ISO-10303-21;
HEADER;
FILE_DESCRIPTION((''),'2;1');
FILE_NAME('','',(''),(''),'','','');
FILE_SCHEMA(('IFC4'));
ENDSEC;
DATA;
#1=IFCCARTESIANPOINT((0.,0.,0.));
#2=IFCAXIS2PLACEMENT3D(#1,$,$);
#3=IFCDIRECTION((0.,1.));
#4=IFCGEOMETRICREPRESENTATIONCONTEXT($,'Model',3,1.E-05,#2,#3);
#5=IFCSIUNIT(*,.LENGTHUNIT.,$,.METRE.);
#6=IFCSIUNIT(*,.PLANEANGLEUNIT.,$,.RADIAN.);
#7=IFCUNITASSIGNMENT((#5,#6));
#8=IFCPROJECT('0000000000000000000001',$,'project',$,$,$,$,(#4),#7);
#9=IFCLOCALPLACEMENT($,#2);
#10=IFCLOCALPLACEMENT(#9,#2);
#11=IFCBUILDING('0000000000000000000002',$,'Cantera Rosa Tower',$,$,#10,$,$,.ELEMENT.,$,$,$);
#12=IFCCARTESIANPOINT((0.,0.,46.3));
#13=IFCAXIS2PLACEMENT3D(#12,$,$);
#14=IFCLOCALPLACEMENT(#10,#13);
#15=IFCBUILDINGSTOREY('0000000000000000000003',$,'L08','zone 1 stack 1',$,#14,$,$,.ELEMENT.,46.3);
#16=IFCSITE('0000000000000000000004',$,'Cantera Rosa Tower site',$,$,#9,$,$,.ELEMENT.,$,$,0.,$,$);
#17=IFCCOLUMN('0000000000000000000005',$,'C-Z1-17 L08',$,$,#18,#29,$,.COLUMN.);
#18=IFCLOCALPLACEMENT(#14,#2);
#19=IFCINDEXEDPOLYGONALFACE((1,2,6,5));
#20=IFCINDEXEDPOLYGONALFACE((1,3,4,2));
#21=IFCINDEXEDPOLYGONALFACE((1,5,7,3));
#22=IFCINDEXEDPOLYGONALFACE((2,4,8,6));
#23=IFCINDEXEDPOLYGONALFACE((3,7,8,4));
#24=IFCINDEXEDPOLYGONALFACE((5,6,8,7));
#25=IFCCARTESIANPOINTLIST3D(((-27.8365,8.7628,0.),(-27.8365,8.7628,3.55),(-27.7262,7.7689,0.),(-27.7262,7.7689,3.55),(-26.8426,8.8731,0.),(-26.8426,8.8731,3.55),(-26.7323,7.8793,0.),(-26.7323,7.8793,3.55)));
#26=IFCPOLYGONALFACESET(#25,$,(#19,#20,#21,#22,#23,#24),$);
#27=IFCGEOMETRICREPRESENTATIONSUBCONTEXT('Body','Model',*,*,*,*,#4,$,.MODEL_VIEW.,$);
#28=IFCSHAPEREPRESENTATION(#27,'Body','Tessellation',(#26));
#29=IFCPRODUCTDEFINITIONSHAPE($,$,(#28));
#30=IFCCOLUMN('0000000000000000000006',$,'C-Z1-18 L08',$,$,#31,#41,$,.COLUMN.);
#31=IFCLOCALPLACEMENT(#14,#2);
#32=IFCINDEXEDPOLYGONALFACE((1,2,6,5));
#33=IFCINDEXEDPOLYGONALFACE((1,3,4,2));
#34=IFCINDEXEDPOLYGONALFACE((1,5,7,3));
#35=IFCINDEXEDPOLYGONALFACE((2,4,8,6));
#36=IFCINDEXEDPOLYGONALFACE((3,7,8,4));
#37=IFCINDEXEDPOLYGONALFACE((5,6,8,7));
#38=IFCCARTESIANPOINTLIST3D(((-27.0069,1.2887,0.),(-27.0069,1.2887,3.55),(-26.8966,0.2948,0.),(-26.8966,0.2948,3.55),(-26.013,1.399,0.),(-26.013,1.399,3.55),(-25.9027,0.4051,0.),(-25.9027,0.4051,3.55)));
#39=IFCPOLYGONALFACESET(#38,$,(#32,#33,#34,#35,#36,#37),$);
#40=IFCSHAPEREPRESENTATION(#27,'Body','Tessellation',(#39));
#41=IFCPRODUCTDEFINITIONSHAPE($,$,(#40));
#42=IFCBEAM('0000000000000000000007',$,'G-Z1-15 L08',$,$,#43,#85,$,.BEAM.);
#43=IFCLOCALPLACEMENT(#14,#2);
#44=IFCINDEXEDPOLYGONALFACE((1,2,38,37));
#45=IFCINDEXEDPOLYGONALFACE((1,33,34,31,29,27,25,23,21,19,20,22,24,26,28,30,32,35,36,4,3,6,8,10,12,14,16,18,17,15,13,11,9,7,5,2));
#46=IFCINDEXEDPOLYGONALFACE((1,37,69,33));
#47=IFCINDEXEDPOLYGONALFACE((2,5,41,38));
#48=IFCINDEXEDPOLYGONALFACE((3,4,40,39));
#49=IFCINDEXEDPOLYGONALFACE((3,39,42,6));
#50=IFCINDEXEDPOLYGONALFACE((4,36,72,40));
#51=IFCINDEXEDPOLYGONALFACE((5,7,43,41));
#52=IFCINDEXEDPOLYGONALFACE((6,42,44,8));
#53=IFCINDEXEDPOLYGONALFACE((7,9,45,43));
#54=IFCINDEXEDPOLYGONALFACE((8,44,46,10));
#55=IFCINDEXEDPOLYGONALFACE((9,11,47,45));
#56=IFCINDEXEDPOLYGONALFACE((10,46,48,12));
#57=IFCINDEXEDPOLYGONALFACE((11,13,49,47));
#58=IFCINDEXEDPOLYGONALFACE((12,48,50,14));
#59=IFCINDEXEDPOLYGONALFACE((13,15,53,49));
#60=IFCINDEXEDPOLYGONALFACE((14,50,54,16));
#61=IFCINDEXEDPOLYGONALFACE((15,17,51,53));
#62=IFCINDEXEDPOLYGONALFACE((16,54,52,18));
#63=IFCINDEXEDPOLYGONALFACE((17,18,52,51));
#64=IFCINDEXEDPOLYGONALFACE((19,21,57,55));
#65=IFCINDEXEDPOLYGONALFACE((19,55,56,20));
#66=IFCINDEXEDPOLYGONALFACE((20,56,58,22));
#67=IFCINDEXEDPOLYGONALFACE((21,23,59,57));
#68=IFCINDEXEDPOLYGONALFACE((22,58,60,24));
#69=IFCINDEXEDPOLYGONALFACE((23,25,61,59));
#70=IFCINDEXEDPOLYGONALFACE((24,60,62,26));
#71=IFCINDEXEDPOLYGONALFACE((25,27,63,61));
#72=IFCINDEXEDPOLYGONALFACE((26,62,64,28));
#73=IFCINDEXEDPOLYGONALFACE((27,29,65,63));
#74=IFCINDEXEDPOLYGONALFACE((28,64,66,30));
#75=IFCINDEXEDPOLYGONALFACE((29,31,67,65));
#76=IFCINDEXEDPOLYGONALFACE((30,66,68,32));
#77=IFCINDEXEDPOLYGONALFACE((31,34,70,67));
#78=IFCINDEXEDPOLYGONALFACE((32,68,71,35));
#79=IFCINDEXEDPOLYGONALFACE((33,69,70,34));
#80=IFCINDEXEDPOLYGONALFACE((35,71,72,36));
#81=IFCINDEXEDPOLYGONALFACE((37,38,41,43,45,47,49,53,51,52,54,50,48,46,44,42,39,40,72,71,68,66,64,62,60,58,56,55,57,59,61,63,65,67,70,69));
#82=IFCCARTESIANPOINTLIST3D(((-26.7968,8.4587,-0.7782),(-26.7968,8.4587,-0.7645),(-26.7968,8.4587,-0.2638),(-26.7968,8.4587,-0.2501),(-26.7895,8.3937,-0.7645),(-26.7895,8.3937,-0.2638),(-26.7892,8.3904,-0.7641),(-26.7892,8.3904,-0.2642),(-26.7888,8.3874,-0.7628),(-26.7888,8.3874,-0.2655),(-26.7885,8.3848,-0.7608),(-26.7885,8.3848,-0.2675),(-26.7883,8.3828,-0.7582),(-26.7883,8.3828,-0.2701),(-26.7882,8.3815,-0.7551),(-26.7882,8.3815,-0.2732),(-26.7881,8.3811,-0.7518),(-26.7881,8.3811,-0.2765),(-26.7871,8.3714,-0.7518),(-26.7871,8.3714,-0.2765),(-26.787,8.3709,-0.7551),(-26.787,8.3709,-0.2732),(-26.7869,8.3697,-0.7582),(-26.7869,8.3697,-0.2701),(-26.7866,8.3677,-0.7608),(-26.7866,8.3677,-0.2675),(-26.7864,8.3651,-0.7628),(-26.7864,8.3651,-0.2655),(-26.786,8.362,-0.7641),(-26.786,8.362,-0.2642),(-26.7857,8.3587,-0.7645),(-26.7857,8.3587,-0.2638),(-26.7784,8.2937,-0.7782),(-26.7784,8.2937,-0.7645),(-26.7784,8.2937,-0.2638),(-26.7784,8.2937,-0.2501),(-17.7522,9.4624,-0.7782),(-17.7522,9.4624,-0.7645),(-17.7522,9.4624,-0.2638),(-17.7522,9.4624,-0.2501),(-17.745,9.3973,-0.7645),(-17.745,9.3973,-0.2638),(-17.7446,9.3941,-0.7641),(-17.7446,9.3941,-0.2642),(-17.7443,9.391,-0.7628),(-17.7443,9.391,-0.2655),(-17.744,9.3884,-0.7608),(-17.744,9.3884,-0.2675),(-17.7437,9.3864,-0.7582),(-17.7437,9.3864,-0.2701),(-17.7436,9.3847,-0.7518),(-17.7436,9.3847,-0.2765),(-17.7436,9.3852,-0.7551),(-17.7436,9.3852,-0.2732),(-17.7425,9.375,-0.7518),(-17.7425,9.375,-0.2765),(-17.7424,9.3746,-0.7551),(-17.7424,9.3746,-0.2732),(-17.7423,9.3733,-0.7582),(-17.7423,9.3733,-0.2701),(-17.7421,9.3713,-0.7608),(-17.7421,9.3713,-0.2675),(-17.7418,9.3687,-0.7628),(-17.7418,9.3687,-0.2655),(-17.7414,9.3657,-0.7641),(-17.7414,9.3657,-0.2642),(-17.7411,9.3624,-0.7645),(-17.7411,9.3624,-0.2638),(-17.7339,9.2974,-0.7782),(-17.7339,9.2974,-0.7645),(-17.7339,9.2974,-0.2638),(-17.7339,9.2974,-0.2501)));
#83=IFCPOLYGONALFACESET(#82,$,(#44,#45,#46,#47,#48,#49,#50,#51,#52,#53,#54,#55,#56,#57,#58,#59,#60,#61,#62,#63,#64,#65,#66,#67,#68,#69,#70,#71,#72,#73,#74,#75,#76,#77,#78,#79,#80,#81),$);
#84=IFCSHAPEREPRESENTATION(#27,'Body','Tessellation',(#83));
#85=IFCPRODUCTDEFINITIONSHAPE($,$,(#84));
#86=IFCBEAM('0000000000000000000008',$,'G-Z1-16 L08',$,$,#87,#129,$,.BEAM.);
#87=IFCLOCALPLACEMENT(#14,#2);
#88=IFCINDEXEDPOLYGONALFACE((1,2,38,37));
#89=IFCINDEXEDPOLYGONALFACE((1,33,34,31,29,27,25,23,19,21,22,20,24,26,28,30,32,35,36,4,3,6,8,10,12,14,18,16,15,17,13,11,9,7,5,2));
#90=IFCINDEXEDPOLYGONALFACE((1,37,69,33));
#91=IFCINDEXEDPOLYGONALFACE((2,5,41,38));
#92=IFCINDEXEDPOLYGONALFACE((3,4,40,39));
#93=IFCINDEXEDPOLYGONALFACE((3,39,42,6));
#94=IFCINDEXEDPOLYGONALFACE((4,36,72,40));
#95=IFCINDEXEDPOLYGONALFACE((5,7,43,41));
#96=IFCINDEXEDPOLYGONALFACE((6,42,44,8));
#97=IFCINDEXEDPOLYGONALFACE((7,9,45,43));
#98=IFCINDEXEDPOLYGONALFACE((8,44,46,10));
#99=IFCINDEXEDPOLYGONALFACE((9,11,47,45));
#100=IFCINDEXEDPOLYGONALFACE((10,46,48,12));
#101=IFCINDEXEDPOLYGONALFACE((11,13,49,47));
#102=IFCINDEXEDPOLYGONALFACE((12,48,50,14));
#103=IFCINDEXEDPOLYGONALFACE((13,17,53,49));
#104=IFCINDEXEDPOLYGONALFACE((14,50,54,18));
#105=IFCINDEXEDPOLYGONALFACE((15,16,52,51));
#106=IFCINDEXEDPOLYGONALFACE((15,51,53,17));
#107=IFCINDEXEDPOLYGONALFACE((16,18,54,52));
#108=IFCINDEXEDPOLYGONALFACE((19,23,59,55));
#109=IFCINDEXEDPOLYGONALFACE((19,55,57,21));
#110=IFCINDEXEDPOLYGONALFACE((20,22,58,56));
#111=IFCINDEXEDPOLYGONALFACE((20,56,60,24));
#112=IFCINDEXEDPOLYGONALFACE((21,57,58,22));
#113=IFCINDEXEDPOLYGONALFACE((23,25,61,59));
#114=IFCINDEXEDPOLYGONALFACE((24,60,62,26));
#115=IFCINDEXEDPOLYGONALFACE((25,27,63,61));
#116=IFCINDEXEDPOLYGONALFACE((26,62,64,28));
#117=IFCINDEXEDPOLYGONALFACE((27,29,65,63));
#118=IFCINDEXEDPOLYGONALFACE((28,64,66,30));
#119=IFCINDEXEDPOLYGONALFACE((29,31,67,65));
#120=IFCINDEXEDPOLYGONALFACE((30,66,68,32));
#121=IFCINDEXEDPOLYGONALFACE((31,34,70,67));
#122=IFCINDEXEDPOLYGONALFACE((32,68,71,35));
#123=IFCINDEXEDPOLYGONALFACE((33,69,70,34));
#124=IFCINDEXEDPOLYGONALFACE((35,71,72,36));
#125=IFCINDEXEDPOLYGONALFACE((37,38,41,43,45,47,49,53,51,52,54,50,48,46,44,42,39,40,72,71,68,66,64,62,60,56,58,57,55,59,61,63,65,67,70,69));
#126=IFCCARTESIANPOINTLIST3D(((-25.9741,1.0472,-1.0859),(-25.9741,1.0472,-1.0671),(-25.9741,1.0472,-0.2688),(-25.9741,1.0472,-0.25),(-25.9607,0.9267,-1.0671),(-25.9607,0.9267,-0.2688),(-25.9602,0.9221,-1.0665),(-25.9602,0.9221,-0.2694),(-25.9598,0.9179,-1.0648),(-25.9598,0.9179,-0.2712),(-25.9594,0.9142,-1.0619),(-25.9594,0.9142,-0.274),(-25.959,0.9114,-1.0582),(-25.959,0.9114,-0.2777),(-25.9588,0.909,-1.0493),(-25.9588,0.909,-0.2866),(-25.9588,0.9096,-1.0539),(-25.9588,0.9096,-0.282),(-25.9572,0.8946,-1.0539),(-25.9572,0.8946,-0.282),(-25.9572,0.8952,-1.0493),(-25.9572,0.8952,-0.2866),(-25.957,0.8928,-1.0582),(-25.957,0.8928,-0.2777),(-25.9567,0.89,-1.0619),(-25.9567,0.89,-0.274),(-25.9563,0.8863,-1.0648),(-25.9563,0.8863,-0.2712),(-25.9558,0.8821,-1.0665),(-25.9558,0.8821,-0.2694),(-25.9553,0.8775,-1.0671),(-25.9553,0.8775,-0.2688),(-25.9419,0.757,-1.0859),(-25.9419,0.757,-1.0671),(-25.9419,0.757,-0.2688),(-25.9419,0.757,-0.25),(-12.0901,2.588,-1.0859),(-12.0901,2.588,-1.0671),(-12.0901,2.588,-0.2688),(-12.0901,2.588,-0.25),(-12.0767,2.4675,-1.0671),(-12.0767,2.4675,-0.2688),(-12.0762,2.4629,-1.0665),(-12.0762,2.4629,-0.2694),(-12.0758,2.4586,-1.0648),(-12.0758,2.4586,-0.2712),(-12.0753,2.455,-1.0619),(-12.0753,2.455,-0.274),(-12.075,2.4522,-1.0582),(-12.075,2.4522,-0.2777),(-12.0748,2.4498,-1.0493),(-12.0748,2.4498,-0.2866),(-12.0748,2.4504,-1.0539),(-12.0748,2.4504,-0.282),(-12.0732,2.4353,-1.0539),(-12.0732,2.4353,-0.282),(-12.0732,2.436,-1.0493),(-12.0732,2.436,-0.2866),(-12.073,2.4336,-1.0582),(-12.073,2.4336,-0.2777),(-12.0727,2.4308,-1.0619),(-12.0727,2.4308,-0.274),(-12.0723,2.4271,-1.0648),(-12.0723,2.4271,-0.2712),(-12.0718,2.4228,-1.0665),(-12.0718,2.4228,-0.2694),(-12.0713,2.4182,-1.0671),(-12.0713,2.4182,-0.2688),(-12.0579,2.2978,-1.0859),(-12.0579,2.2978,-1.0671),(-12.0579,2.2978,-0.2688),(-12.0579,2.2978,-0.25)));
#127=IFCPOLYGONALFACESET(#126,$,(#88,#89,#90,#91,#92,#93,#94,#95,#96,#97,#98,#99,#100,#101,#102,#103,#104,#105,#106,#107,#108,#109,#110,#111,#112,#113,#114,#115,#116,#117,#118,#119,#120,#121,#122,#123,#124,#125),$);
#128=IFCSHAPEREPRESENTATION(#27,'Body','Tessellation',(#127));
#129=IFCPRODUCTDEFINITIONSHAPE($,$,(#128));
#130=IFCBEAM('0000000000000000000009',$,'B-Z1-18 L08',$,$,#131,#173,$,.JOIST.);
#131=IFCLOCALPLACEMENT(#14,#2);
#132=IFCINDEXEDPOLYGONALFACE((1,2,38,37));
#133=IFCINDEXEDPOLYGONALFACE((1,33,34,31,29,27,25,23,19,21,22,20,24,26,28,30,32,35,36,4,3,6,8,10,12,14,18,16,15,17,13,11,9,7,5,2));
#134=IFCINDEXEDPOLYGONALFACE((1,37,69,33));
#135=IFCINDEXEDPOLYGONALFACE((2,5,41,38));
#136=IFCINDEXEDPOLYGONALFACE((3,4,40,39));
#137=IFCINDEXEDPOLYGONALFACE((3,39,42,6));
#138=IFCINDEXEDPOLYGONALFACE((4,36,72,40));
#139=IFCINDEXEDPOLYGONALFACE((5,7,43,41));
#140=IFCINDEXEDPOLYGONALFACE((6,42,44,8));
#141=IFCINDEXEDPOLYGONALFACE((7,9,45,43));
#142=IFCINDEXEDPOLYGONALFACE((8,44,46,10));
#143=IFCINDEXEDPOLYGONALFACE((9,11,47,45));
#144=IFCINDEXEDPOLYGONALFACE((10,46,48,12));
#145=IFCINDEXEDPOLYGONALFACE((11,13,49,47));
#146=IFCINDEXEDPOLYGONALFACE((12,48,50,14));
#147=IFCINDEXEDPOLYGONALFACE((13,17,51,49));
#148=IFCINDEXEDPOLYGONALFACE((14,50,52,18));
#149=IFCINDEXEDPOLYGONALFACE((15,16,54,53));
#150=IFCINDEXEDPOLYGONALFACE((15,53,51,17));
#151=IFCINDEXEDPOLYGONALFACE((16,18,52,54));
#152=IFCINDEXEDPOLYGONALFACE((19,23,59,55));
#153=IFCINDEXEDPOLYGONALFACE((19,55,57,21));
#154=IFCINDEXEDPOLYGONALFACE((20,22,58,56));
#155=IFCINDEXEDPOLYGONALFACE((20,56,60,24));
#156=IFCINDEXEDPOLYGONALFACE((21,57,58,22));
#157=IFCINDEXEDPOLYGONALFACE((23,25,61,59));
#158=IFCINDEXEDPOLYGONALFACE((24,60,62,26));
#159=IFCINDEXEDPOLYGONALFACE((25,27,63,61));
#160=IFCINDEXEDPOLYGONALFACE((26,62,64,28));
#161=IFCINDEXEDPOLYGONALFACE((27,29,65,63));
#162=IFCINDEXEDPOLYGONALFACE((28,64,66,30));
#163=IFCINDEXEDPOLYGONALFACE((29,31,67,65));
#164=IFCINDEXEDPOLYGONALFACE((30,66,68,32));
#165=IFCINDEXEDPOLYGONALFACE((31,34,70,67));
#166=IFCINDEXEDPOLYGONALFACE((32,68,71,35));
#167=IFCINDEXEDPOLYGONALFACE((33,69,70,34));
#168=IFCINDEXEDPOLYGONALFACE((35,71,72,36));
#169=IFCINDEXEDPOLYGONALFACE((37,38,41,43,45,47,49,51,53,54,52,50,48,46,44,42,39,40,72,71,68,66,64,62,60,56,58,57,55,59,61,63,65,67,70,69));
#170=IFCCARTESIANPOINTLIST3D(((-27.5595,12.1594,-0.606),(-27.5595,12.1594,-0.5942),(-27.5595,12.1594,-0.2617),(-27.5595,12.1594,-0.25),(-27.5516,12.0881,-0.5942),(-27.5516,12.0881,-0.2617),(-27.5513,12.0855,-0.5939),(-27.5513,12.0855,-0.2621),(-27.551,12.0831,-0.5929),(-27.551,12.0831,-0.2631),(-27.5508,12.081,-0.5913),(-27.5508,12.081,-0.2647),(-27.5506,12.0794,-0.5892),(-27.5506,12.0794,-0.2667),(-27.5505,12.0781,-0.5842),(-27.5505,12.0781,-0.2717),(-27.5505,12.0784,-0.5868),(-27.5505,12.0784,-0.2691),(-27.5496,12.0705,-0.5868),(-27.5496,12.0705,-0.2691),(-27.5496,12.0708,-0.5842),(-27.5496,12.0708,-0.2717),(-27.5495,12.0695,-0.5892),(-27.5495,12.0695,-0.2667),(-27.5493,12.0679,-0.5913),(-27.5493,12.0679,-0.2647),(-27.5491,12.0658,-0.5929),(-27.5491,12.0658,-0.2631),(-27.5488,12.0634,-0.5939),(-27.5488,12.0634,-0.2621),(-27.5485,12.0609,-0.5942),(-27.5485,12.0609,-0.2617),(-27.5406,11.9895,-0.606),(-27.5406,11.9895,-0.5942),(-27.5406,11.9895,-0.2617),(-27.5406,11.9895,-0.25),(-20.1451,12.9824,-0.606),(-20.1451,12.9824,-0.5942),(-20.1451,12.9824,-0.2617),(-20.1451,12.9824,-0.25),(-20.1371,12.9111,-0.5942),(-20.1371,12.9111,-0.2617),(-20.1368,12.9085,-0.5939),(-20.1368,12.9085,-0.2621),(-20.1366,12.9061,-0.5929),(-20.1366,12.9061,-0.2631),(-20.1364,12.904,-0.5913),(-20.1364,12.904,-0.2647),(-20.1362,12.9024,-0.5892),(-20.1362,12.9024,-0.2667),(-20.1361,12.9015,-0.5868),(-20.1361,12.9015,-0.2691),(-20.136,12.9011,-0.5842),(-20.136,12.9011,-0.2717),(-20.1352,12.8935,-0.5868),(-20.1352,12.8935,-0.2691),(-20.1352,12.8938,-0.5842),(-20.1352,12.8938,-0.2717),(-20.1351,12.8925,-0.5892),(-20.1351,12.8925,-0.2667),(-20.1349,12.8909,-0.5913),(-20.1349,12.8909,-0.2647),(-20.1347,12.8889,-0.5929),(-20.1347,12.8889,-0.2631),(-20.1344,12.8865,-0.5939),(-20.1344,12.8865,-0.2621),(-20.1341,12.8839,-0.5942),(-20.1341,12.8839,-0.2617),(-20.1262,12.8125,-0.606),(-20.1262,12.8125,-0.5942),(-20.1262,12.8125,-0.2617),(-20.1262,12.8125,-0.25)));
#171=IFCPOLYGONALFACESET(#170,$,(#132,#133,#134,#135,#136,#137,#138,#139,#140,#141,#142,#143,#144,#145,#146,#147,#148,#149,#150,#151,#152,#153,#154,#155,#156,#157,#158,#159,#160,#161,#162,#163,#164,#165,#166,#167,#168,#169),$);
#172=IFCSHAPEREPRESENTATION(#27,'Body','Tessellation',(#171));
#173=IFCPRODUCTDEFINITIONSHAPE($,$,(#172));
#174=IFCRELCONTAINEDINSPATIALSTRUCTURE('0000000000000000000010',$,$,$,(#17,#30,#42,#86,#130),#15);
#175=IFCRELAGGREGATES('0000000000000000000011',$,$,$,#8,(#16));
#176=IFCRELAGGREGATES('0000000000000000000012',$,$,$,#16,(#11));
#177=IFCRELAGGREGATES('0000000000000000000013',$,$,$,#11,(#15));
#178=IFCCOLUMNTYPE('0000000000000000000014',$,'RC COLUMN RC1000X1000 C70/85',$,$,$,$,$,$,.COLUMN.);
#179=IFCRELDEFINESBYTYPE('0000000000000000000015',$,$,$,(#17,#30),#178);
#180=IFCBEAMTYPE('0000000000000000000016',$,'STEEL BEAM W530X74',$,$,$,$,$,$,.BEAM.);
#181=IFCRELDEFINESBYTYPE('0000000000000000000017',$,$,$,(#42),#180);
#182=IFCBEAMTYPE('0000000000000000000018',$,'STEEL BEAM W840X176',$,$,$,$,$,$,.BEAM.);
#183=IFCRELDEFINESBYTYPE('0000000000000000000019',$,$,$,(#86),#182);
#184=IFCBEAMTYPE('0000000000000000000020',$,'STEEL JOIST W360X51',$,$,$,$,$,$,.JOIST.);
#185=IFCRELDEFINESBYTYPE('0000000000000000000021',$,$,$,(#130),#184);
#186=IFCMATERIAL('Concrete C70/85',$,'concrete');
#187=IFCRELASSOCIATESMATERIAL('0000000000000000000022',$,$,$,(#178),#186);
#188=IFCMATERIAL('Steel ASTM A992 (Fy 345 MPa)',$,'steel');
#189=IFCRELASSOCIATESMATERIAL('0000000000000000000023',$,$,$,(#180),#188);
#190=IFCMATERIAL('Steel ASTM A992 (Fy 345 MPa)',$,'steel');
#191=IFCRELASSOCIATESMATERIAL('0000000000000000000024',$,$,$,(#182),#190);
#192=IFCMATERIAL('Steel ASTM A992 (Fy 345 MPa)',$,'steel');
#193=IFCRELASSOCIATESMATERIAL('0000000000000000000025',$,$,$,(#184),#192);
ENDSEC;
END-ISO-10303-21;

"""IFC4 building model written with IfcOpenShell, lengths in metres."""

from ifc_helpers import new_model, si_unit, direction, frame, origin, origin_2d, place, context, subcontext, project, spatial, rectangle, i_section, extrude, material, material_profile, profile_set, type_object, element, save


model = new_model("IFC4")

# Units and contexts
model_context = context("Model", 3, precision=1e-05, world=origin(), true_north=direction((0.0, 1.0)))
body_context = subcontext(model_context, "Body", "Model", "MODEL_VIEW")
ifc_project = project(units=[si_unit("LENGTHUNIT", "METRE"), si_unit("PLANEANGLEUNIT", "RADIAN")], contexts=[model_context])

# Site, building, storey
site_placement = place(None, origin())
site = spatial("IfcSite", under=ifc_project, at=site_placement, Name="Cantera Rosa Tower site", CompositionType="ELEMENT", RefElevation=0.0)
building_placement = place(site_placement, origin())
building = spatial("IfcBuilding", under=site, at=building_placement, Name="Cantera Rosa Tower", CompositionType="ELEMENT")
storey_placement = place(building_placement, frame((0.0, 0.0, 46.3)))
storey = spatial("IfcBuildingStorey", under=building, at=storey_placement, Name="L08", Description="zone 1 stack 1", CompositionType="ELEMENT", Elevation=46.3)

# Columns
ifc_material_1 = material(Name="Concrete C70/85", Category="concrete")
ifc_material_profile_1 = material_profile(ifc_material_1, rectangle(XDim=1.0, YDim=1.0, at=origin_2d()), Name="RC COLUMN RC1000X1000 C70/85")
ifc_profile_set_1 = profile_set([ifc_material_profile_1], Name="Concrete C70/85")
column_type = type_object("IfcColumnType", Name="RC COLUMN RC1000X1000 C70/85", PredefinedType="COLUMN", material=ifc_profile_set_1)
for number, where, z_axis, x_axis, name in (
    (1, (-27.2844, 8.321, 0.0), (0.0, 0.0, 1.0), (0.993897, 0.110313, 0.0), "C-Z1-17 L08"),
    (2, (-26.4548, 0.8469, 0.0), (0.0, 0.0, 1.0), (0.993897, 0.110313, 0.0), "C-Z1-18 L08"),
):
    element("IfcColumn", number, at=place(storey_placement, frame(where, z_axis=z_axis, x_axis=x_axis)), inside=storey, type_object=column_type, Name=name, PredefinedType="COLUMN", context=body_context, shape_type="SweptSolid", body=[
        extrude(rectangle(XDim=1.0, YDim=1.0, at=origin_2d()), origin(), (0.0, 0.0, 1.0), 3.55),
    ])

# Beams
ifc_material_2 = material(Name="Steel ASTM A992 (Fy 345 MPa)", Category="steel")
ifc_material_profile_2 = material_profile(ifc_material_2, i_section(OverallWidth=0.166, OverallDepth=0.5281, WebThickness=0.0098, FlangeThickness=0.0137, FilletRadius=0.0127, at=origin_2d()), Name="W530X74")
ifc_profile_set_2 = profile_set([ifc_material_profile_2], Name="Steel ASTM A992 (Fy 345 MPa)")
beam_type_1 = type_object("IfcBeamType", Name="STEEL BEAM W530X74", PredefinedType="BEAM", material=ifc_profile_set_2)
beam_1_placement = place(storey_placement, frame((-26.7876, 8.3762, -0.5142), z_axis=(0.993899, 0.11029, 0.0), x_axis=(-0.11029, 0.993899, 0.0)))
element("IfcBeam", 3, at=beam_1_placement, inside=storey, type_object=beam_type_1, Name="G-Z1-15 L08", PredefinedType="BEAM", context=body_context, shape_type="SweptSolid", body=[
    extrude(i_section(OverallWidth=0.166, OverallDepth=0.5281, WebThickness=0.0098, FlangeThickness=0.0137, FilletRadius=0.0127, at=origin_2d()), origin(), (0.0, 0.0, 1.0), 9.1001),
])
ifc_material_3 = material(Name="Steel ASTM A992 (Fy 345 MPa)", Category="steel")
ifc_material_profile_3 = material_profile(ifc_material_3, i_section(OverallWidth=0.292, OverallDepth=0.8359, WebThickness=0.0139, FlangeThickness=0.0188, FilletRadius=0.0178, at=origin_2d()), Name="W840X176")
ifc_profile_set_3 = profile_set([ifc_material_profile_3], Name="Steel ASTM A992 (Fy 345 MPa)")
beam_type_2 = type_object("IfcBeamType", Name="STEEL BEAM W840X176", PredefinedType="BEAM", material=ifc_profile_set_3)
beam_2_placement = place(storey_placement, frame((-25.958, 0.9021, -0.668), z_axis=(0.993899, 0.110297, 0.0), x_axis=(-0.110297, 0.993899, 0.0)))
element("IfcBeam", 4, at=beam_2_placement, inside=storey, type_object=beam_type_2, Name="G-Z1-16 L08", PredefinedType="BEAM", context=body_context, shape_type="SweptSolid", body=[
    extrude(i_section(OverallWidth=0.292, OverallDepth=0.8359, WebThickness=0.0139, FlangeThickness=0.0188, FilletRadius=0.0178, at=origin_2d()), origin(), (0.0, 0.0, 1.0), 13.9692),
])
ifc_material_4 = material(Name="Steel ASTM A992 (Fy 345 MPa)", Category="steel")
ifc_material_profile_4 = material_profile(ifc_material_4, i_section(OverallWidth=0.1709, OverallDepth=0.356, WebThickness=0.0073, FlangeThickness=0.0117, FilletRadius=0.01, at=origin_2d()), Name="W360X51")
ifc_profile_set_4 = profile_set([ifc_material_profile_4], Name="Steel ASTM A992 (Fy 345 MPa)")
beam_type_3 = type_object("IfcBeamType", Name="STEEL JOIST W360X51", PredefinedType="JOIST", material=ifc_profile_set_4)
beam_3_placement = place(storey_placement, frame((-27.55, 12.0745, -0.428), z_axis=(0.993896, 0.110324, 0.0), x_axis=(-0.110324, 0.993896, 0.0)))
element("IfcBeam", 5, at=beam_3_placement, inside=storey, type_object=beam_type_3, Name="B-Z1-18 L08", PredefinedType="JOIST", context=body_context, shape_type="SweptSolid", body=[
    extrude(i_section(OverallWidth=0.1709, OverallDepth=0.356, WebThickness=0.0073, FlangeThickness=0.0117, FilletRadius=0.01, at=origin_2d()), origin(), (0.0, 0.0, 1.0), 7.46),
])

save(model, "model.ifc")
